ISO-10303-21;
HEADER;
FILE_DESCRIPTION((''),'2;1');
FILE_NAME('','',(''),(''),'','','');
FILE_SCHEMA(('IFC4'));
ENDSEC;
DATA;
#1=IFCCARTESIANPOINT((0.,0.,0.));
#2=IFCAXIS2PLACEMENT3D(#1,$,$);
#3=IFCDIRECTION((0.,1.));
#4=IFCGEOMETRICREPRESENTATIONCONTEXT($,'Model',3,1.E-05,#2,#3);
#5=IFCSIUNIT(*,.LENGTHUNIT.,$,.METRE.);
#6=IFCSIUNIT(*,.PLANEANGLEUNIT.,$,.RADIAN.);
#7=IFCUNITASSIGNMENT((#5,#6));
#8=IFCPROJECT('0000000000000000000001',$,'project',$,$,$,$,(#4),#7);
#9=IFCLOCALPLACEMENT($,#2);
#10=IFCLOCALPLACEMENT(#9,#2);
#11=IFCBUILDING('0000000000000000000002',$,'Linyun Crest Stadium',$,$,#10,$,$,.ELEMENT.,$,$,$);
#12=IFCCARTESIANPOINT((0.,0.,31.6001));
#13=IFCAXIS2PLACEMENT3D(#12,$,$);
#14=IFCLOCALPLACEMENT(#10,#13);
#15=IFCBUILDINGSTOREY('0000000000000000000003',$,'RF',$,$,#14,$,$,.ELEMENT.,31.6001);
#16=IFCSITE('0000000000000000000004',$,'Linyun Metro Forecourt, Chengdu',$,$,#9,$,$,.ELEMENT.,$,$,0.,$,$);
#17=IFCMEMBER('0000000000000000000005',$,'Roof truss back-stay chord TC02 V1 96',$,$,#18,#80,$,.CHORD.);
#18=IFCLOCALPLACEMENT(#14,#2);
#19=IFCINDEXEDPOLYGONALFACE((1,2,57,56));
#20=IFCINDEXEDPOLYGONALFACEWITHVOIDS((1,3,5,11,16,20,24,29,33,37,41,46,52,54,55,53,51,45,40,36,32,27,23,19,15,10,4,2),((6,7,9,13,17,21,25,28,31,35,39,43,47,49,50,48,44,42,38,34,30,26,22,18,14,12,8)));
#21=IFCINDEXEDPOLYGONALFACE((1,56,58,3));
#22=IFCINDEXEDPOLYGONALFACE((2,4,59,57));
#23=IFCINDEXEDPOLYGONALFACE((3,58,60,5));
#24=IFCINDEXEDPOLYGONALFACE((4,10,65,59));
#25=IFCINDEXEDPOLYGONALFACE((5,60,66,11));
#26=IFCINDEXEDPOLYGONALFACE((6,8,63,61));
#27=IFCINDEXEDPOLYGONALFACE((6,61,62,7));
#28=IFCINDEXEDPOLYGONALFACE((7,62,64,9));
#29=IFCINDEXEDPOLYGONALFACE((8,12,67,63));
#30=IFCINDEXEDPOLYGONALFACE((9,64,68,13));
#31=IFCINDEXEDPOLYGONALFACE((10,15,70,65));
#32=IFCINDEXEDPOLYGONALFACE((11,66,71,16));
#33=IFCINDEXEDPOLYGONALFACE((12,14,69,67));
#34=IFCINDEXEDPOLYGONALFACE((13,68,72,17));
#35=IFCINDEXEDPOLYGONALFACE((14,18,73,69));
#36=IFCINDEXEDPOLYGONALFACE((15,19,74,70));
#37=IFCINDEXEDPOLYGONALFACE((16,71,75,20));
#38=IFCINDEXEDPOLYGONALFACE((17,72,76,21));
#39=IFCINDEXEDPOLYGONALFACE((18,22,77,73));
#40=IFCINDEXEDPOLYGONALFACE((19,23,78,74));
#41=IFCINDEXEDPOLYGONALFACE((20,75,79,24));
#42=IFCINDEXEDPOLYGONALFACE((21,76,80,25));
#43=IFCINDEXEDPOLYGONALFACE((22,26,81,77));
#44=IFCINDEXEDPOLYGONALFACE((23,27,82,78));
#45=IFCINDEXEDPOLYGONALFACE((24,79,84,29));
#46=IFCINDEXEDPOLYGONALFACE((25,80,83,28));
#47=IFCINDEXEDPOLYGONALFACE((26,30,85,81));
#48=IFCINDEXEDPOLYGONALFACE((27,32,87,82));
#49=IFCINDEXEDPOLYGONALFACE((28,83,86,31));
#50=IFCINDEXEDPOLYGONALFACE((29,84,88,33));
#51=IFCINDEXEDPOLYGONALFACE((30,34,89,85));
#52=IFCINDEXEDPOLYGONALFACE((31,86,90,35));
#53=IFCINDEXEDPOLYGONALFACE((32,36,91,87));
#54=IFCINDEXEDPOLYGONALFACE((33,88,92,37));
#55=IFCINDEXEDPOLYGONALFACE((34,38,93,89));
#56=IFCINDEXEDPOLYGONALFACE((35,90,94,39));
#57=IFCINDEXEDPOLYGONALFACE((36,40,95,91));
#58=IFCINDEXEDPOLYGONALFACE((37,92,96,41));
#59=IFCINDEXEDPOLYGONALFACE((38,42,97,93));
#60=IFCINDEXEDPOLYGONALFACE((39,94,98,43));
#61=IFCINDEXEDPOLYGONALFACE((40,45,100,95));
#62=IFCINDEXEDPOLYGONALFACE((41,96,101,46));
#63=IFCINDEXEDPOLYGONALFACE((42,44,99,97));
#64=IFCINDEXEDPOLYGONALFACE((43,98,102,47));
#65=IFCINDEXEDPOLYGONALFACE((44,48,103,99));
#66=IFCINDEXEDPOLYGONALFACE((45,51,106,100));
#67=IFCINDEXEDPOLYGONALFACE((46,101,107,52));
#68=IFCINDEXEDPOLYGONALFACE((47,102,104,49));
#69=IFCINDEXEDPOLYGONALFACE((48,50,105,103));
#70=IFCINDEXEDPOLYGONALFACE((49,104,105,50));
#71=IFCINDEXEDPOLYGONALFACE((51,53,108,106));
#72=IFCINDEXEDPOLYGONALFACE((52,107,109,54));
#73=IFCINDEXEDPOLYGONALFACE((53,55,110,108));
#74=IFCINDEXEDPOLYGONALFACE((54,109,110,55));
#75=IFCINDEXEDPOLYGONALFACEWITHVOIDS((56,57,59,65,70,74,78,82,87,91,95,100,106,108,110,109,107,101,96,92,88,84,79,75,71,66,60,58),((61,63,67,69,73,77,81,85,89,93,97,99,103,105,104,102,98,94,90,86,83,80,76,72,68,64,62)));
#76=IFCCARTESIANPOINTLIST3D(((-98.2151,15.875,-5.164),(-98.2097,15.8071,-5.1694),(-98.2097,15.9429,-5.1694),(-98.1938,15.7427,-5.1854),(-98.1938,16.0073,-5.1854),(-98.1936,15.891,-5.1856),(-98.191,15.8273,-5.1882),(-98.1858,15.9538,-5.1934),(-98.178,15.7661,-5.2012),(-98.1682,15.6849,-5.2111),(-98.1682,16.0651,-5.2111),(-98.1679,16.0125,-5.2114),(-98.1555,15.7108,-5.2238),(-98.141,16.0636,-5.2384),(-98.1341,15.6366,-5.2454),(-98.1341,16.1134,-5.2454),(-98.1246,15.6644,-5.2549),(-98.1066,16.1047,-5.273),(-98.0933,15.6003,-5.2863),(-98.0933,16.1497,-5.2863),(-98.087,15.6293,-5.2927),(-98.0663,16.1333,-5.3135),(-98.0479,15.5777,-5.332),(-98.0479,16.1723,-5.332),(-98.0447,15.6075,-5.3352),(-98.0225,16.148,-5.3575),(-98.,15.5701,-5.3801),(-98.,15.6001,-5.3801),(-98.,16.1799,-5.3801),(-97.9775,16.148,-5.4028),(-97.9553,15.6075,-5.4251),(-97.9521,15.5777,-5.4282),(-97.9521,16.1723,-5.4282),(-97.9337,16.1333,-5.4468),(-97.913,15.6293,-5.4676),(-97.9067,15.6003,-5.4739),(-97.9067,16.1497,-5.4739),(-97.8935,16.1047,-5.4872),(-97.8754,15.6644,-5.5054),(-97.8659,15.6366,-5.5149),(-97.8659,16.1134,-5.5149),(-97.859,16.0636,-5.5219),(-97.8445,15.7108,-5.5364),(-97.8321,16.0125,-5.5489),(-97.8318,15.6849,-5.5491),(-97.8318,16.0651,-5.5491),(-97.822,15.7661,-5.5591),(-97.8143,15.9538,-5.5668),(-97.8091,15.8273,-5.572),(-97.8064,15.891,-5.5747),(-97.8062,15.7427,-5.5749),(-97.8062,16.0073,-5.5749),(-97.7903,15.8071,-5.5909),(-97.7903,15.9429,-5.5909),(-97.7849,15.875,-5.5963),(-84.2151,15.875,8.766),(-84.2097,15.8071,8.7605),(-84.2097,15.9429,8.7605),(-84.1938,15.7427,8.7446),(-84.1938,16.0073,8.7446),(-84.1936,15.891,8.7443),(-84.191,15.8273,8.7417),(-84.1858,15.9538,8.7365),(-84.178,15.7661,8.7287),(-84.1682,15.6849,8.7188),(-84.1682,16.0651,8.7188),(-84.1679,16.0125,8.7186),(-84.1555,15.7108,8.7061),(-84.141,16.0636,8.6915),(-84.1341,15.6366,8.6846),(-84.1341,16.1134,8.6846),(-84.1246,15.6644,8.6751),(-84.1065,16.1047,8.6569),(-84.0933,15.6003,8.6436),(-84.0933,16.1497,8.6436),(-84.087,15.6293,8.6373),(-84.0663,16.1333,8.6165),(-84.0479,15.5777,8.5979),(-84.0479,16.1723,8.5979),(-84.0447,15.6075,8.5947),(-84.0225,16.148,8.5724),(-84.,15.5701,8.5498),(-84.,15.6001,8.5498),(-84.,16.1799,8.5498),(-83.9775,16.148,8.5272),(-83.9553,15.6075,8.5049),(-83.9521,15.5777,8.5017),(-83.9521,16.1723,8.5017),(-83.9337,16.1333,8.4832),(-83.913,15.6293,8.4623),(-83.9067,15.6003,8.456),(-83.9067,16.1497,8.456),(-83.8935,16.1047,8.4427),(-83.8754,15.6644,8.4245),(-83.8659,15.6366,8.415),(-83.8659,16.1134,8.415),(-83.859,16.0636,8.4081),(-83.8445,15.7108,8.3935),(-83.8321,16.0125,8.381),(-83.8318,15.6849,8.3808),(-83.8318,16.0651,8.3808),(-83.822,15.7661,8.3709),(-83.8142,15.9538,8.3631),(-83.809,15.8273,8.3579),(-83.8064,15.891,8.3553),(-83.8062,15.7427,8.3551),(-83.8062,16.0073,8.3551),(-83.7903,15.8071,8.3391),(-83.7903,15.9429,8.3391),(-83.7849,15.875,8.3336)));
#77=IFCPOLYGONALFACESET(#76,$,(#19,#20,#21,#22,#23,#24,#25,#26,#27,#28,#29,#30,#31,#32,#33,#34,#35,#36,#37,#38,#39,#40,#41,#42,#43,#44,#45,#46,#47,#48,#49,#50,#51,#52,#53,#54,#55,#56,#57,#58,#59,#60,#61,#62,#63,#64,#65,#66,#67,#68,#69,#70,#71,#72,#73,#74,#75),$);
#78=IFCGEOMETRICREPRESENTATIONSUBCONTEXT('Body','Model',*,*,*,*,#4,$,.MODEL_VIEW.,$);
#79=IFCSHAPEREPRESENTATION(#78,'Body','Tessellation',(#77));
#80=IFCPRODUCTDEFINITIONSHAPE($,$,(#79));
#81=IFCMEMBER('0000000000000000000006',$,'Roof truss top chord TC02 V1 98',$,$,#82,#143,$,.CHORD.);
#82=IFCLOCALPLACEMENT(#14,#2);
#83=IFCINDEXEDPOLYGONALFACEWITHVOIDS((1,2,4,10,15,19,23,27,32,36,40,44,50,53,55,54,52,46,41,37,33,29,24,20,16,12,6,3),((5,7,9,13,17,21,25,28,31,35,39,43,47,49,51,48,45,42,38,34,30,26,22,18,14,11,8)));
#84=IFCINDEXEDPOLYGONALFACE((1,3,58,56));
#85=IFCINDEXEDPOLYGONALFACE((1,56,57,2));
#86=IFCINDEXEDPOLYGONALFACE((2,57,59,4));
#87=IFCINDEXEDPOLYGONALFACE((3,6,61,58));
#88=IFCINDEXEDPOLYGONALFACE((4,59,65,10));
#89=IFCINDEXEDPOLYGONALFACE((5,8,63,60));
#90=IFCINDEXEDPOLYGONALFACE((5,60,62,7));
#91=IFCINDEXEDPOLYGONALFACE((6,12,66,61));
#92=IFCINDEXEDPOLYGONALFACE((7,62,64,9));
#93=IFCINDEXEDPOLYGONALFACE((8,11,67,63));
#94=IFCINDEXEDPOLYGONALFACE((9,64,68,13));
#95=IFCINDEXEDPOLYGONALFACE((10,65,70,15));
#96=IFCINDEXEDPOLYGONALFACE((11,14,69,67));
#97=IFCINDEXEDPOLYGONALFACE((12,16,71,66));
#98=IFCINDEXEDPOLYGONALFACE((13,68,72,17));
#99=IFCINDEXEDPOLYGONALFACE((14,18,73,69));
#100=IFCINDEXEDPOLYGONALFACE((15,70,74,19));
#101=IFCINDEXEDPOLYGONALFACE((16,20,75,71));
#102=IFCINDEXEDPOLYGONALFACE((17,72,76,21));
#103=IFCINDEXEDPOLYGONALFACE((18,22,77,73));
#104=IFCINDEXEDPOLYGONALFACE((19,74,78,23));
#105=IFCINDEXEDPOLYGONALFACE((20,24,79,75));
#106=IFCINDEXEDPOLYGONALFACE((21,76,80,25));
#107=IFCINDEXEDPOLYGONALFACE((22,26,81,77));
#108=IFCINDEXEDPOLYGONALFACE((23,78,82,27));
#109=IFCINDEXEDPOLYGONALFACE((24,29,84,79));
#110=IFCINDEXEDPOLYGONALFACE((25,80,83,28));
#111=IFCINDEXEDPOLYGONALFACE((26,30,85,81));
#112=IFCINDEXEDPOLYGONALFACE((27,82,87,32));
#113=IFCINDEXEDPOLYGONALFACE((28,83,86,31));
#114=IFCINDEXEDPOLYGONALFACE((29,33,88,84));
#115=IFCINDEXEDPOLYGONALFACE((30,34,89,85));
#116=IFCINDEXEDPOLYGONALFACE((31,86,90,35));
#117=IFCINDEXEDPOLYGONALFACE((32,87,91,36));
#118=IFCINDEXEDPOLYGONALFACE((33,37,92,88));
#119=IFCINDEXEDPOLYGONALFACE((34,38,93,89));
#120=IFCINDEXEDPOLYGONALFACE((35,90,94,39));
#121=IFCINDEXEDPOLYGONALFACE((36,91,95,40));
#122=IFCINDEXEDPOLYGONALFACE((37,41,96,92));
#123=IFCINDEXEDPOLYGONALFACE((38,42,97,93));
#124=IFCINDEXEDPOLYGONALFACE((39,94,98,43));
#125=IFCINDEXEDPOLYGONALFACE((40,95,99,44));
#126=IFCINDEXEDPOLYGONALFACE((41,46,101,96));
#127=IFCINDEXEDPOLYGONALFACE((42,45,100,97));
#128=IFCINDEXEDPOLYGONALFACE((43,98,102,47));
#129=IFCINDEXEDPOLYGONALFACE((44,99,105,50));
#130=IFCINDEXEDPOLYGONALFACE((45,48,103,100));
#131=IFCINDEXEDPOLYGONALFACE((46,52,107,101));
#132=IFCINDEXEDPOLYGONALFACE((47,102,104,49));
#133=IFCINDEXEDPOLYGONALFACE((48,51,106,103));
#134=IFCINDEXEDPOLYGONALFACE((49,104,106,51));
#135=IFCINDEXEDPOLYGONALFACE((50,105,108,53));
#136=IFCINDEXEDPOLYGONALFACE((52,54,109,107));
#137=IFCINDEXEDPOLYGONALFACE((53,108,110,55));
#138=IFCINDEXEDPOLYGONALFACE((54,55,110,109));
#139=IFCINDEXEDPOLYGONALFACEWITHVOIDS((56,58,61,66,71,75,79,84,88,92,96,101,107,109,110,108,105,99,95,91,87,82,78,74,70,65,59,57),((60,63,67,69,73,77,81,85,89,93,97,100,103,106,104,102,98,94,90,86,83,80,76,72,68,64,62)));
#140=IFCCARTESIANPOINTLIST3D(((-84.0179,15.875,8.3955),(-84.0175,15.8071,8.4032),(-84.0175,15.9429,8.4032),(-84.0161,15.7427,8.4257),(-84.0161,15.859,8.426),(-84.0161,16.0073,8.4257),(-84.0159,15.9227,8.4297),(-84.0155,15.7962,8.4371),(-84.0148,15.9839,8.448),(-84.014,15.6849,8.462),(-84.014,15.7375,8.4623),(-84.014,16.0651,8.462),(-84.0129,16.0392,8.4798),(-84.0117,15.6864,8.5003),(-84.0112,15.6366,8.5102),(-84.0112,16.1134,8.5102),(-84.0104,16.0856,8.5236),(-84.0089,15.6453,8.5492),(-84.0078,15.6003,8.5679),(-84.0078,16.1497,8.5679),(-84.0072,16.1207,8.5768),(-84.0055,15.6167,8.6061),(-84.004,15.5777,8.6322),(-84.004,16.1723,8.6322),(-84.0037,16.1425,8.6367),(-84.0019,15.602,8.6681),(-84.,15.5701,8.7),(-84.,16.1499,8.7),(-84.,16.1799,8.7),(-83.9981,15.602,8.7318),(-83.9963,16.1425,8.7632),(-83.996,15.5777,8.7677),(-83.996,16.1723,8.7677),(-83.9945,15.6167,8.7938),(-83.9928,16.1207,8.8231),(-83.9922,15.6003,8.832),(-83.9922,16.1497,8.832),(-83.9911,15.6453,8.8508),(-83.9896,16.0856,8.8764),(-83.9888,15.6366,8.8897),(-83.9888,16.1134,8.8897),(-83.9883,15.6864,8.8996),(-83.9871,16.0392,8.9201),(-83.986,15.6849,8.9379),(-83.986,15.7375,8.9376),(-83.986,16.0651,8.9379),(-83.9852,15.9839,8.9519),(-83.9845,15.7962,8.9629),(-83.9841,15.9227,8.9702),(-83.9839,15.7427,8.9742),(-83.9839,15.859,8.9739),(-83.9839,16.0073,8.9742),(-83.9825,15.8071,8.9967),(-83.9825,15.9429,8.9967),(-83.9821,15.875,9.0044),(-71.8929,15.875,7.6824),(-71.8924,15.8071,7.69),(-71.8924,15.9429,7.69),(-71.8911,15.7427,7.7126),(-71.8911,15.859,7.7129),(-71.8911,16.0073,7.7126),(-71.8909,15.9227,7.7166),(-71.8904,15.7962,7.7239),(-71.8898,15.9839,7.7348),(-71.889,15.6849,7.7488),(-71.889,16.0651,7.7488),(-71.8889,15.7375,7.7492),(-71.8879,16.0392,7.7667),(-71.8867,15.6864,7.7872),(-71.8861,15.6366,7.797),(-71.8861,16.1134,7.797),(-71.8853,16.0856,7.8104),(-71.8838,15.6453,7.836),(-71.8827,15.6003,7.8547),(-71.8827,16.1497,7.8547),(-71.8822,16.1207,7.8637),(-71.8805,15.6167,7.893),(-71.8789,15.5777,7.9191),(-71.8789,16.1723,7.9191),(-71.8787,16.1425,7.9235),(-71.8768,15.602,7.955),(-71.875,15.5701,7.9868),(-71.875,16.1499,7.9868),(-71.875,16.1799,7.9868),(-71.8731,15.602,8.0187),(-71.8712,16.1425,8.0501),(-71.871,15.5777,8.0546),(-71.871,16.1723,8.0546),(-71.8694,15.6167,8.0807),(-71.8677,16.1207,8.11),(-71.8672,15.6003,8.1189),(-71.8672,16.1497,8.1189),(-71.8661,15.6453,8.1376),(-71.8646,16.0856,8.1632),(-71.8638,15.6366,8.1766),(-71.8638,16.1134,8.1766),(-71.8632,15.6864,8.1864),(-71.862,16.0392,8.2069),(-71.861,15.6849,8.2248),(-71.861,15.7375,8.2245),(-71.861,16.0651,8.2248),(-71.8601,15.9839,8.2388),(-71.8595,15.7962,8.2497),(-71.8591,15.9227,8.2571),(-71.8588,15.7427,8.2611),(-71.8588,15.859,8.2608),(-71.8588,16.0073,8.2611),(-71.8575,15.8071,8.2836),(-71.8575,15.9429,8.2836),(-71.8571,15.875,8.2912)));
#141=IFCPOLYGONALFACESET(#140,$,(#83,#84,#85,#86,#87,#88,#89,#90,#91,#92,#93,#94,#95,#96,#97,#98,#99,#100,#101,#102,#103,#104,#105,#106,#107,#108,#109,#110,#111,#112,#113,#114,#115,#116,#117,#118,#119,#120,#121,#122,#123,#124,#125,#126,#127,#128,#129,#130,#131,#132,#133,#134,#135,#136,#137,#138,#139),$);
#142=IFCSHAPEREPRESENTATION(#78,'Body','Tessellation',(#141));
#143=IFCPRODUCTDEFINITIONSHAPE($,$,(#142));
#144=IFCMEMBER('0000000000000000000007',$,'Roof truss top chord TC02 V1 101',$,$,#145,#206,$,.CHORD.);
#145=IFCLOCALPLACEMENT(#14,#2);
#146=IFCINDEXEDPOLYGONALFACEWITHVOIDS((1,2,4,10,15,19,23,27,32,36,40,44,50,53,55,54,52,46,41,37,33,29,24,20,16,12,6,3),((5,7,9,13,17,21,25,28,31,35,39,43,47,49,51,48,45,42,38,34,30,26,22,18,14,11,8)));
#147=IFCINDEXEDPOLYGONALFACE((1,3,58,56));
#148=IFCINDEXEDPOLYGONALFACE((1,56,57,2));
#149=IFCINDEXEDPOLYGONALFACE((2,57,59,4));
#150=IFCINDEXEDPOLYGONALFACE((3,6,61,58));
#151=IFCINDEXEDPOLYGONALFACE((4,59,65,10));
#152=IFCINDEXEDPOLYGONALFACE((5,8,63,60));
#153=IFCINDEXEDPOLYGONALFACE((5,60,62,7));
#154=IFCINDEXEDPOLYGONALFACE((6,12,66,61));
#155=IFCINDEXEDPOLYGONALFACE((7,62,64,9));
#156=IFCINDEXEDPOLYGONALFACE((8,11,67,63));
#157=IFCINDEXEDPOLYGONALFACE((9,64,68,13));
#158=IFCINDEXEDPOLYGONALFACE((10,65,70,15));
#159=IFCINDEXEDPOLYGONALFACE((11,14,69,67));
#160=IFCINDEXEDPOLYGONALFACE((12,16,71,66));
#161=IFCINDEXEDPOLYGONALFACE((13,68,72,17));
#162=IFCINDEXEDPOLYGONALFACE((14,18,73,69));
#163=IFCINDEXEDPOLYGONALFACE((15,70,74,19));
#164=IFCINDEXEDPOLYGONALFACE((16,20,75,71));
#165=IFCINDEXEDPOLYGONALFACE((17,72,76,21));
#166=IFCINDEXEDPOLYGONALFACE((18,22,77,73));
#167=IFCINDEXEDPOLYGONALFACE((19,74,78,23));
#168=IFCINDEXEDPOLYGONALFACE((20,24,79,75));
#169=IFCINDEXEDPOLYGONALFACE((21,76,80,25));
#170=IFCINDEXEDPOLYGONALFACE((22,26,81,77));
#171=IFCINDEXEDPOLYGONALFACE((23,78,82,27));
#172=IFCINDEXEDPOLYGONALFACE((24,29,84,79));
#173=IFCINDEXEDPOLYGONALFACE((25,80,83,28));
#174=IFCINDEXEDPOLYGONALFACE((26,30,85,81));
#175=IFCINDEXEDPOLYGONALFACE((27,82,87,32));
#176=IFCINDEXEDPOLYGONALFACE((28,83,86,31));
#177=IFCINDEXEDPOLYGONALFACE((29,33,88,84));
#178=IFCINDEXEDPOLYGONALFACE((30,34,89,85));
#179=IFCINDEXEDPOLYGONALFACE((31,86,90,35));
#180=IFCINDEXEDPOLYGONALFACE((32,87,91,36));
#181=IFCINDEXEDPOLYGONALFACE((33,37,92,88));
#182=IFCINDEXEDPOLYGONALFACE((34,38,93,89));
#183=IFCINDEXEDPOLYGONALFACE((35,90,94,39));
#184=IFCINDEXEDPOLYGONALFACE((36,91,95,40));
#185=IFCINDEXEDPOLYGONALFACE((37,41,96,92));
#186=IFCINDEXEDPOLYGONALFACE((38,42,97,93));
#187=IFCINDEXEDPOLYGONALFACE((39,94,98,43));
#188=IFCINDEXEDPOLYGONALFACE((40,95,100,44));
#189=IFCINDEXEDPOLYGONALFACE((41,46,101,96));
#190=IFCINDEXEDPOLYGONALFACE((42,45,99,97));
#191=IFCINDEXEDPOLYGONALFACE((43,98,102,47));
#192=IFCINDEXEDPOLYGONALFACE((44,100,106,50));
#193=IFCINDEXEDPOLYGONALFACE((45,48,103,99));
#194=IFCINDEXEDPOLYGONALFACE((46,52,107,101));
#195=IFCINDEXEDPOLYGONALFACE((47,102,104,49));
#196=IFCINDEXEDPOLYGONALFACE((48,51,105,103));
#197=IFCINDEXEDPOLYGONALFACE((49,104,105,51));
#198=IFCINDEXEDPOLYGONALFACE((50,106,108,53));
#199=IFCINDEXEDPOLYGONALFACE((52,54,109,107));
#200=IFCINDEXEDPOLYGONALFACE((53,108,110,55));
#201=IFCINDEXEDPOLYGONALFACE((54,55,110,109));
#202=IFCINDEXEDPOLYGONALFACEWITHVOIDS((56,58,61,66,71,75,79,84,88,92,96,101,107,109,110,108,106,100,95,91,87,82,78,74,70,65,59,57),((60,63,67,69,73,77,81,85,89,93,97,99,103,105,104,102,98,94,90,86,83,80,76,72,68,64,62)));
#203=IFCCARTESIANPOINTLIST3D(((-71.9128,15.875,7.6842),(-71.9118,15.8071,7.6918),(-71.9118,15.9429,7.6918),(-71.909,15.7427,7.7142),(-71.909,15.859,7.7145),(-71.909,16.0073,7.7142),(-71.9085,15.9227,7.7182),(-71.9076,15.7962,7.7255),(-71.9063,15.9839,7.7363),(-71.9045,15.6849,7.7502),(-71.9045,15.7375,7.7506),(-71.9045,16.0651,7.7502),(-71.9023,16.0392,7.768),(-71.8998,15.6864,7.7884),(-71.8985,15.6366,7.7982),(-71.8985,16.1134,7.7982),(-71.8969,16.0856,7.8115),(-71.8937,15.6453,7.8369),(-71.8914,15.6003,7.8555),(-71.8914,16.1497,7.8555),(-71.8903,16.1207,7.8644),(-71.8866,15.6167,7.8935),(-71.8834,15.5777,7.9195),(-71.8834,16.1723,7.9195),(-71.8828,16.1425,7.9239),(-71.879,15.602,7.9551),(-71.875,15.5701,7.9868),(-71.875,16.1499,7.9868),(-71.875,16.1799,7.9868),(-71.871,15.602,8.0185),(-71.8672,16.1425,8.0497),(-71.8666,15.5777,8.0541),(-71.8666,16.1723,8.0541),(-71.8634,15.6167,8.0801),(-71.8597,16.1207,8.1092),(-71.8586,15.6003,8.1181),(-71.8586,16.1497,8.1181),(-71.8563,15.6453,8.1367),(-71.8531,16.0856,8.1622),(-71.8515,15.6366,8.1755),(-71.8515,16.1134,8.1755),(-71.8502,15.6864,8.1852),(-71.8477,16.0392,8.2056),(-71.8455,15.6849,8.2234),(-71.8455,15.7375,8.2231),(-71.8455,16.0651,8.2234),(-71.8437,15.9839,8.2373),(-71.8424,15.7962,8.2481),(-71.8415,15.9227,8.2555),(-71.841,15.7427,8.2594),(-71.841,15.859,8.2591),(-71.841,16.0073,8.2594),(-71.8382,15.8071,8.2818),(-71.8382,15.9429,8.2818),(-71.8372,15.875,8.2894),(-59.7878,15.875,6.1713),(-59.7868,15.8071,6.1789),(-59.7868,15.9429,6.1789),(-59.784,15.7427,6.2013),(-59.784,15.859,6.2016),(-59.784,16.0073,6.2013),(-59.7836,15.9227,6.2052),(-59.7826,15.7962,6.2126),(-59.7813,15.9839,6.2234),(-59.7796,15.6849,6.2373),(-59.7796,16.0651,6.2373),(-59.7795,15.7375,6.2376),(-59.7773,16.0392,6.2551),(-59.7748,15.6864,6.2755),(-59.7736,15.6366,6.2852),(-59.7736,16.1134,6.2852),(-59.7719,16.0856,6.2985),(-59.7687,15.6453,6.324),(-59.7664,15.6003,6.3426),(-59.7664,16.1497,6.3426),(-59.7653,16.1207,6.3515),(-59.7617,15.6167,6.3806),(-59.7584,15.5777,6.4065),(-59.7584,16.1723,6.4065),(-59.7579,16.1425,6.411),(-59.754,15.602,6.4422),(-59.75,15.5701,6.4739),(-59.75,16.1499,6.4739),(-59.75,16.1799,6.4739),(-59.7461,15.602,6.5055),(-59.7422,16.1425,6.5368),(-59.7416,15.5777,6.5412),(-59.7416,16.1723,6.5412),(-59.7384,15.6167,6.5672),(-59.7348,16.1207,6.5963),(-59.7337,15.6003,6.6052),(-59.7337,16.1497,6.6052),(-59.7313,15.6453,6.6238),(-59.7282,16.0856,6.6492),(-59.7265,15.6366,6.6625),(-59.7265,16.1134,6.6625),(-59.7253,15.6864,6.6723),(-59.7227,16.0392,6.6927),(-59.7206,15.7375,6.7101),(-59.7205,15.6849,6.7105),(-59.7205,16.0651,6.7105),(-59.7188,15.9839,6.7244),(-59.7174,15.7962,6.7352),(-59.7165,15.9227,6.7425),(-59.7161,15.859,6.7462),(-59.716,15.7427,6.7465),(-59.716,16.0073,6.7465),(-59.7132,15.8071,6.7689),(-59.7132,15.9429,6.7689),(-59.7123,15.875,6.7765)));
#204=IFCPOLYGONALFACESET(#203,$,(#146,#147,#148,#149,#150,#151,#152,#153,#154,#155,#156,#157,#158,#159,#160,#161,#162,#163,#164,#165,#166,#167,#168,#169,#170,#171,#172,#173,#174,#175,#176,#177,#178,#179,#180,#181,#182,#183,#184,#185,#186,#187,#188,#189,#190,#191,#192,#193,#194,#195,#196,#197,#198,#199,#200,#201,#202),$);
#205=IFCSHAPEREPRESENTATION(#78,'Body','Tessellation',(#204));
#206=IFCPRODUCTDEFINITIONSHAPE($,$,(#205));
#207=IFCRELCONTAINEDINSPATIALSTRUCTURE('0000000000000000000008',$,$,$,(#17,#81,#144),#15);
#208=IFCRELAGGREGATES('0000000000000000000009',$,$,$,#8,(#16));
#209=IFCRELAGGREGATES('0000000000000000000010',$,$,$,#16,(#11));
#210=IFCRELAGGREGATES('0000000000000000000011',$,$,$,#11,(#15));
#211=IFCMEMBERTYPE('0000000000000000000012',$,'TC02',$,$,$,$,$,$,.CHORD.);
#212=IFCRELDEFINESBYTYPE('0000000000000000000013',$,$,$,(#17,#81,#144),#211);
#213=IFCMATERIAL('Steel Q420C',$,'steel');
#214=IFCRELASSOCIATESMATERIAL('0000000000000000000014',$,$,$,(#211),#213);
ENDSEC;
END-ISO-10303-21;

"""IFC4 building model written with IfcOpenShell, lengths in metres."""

from ifc_helpers import new_model, si_unit, direction, frame, origin, origin_2d, place, context, subcontext, project, spatial, hollow_circle, extrude, material, material_profile, profile_set, type_object, element, save


model = new_model("IFC4")

# Units and contexts
model_context = context("Model", 3, precision=1e-05, world=origin(), true_north=direction((0.0, 1.0)))
body_context = subcontext(model_context, "Body", "Model", "MODEL_VIEW")
ifc_project = project(units=[si_unit("LENGTHUNIT", "METRE"), si_unit("PLANEANGLEUNIT", "RADIAN")], contexts=[model_context])

# Site, building, storey
site_placement = place(None, origin())
site = spatial("IfcSite", under=ifc_project, at=site_placement, Name="Linyun Metro Forecourt, Chengdu", CompositionType="ELEMENT", RefElevation=0.0)
building_placement = place(site_placement, origin())
building = spatial("IfcBuilding", under=site, at=building_placement, Name="Linyun Crest Stadium", CompositionType="ELEMENT")
storey_placement = place(building_placement, frame((0.0, 0.0, 31.6001)))
storey = spatial("IfcBuildingStorey", under=building, at=storey_placement, Name="RF", CompositionType="ELEMENT", Elevation=31.6001)

# Members
ifc_material_1 = material(Name="Steel Q420C", Category="steel")
ifc_material_profile_1 = material_profile(ifc_material_1, hollow_circle(Radius=0.3049, WallThickness=0.03, at=origin_2d()), Name="CHS 610x30")
ifc_profile_set_1 = profile_set([ifc_material_profile_1], Name="Steel Q420C")
member_type_1 = type_object("IfcMemberType", Name="TC02", PredefinedType="CHORD", material=ifc_profile_set_1)
member_1_placement = place(storey_placement, frame((-84.0, 15.875, 8.5498), z_axis=(-0.708878, 0.0, -0.705331), x_axis=(0.0, -1.0, 0.0)))
element("IfcMember", 1, at=member_1_placement, inside=storey, type_object=member_type_1, Name="Roof truss back-stay chord TC02 V1 96", PredefinedType="CHORD", context=body_context, shape_type="SweptSolid", body=[
    extrude(hollow_circle(Radius=0.3049, WallThickness=0.03, at=origin_2d()), origin(), (0.0, 0.0, 1.0), 19.7495),
])
member_2_placement = place(storey_placement, frame((-84.0, 15.875, 8.7), z_axis=(0.998275, 0.0, -0.058714), x_axis=(0.0, 1.0, 0.0)))
element("IfcMember", 2, at=member_2_placement, inside=storey, type_object=member_type_1, Name="Roof truss top chord TC02 V1 98", PredefinedType="CHORD", context=body_context, shape_type="SweptSolid", body=[
    extrude(hollow_circle(Radius=0.3049, WallThickness=0.03, at=origin_2d()), origin(), (0.0, 0.0, 1.0), 12.146),
])
member_3_placement = place(storey_placement, frame((-71.875, 15.875, 7.9868), z_axis=(0.992305, 0.0, -0.123818), x_axis=(0.0, 1.0, 0.0)))
element("IfcMember", 3, at=member_3_placement, inside=storey, type_object=member_type_1, Name="Roof truss top chord TC02 V1 101", PredefinedType="CHORD", context=body_context, shape_type="SweptSolid", body=[
    extrude(hollow_circle(Radius=0.3049, WallThickness=0.03, at=origin_2d()), origin(), (0.0, 0.0, 1.0), 12.219),
])

save(model, "model.ifc")
